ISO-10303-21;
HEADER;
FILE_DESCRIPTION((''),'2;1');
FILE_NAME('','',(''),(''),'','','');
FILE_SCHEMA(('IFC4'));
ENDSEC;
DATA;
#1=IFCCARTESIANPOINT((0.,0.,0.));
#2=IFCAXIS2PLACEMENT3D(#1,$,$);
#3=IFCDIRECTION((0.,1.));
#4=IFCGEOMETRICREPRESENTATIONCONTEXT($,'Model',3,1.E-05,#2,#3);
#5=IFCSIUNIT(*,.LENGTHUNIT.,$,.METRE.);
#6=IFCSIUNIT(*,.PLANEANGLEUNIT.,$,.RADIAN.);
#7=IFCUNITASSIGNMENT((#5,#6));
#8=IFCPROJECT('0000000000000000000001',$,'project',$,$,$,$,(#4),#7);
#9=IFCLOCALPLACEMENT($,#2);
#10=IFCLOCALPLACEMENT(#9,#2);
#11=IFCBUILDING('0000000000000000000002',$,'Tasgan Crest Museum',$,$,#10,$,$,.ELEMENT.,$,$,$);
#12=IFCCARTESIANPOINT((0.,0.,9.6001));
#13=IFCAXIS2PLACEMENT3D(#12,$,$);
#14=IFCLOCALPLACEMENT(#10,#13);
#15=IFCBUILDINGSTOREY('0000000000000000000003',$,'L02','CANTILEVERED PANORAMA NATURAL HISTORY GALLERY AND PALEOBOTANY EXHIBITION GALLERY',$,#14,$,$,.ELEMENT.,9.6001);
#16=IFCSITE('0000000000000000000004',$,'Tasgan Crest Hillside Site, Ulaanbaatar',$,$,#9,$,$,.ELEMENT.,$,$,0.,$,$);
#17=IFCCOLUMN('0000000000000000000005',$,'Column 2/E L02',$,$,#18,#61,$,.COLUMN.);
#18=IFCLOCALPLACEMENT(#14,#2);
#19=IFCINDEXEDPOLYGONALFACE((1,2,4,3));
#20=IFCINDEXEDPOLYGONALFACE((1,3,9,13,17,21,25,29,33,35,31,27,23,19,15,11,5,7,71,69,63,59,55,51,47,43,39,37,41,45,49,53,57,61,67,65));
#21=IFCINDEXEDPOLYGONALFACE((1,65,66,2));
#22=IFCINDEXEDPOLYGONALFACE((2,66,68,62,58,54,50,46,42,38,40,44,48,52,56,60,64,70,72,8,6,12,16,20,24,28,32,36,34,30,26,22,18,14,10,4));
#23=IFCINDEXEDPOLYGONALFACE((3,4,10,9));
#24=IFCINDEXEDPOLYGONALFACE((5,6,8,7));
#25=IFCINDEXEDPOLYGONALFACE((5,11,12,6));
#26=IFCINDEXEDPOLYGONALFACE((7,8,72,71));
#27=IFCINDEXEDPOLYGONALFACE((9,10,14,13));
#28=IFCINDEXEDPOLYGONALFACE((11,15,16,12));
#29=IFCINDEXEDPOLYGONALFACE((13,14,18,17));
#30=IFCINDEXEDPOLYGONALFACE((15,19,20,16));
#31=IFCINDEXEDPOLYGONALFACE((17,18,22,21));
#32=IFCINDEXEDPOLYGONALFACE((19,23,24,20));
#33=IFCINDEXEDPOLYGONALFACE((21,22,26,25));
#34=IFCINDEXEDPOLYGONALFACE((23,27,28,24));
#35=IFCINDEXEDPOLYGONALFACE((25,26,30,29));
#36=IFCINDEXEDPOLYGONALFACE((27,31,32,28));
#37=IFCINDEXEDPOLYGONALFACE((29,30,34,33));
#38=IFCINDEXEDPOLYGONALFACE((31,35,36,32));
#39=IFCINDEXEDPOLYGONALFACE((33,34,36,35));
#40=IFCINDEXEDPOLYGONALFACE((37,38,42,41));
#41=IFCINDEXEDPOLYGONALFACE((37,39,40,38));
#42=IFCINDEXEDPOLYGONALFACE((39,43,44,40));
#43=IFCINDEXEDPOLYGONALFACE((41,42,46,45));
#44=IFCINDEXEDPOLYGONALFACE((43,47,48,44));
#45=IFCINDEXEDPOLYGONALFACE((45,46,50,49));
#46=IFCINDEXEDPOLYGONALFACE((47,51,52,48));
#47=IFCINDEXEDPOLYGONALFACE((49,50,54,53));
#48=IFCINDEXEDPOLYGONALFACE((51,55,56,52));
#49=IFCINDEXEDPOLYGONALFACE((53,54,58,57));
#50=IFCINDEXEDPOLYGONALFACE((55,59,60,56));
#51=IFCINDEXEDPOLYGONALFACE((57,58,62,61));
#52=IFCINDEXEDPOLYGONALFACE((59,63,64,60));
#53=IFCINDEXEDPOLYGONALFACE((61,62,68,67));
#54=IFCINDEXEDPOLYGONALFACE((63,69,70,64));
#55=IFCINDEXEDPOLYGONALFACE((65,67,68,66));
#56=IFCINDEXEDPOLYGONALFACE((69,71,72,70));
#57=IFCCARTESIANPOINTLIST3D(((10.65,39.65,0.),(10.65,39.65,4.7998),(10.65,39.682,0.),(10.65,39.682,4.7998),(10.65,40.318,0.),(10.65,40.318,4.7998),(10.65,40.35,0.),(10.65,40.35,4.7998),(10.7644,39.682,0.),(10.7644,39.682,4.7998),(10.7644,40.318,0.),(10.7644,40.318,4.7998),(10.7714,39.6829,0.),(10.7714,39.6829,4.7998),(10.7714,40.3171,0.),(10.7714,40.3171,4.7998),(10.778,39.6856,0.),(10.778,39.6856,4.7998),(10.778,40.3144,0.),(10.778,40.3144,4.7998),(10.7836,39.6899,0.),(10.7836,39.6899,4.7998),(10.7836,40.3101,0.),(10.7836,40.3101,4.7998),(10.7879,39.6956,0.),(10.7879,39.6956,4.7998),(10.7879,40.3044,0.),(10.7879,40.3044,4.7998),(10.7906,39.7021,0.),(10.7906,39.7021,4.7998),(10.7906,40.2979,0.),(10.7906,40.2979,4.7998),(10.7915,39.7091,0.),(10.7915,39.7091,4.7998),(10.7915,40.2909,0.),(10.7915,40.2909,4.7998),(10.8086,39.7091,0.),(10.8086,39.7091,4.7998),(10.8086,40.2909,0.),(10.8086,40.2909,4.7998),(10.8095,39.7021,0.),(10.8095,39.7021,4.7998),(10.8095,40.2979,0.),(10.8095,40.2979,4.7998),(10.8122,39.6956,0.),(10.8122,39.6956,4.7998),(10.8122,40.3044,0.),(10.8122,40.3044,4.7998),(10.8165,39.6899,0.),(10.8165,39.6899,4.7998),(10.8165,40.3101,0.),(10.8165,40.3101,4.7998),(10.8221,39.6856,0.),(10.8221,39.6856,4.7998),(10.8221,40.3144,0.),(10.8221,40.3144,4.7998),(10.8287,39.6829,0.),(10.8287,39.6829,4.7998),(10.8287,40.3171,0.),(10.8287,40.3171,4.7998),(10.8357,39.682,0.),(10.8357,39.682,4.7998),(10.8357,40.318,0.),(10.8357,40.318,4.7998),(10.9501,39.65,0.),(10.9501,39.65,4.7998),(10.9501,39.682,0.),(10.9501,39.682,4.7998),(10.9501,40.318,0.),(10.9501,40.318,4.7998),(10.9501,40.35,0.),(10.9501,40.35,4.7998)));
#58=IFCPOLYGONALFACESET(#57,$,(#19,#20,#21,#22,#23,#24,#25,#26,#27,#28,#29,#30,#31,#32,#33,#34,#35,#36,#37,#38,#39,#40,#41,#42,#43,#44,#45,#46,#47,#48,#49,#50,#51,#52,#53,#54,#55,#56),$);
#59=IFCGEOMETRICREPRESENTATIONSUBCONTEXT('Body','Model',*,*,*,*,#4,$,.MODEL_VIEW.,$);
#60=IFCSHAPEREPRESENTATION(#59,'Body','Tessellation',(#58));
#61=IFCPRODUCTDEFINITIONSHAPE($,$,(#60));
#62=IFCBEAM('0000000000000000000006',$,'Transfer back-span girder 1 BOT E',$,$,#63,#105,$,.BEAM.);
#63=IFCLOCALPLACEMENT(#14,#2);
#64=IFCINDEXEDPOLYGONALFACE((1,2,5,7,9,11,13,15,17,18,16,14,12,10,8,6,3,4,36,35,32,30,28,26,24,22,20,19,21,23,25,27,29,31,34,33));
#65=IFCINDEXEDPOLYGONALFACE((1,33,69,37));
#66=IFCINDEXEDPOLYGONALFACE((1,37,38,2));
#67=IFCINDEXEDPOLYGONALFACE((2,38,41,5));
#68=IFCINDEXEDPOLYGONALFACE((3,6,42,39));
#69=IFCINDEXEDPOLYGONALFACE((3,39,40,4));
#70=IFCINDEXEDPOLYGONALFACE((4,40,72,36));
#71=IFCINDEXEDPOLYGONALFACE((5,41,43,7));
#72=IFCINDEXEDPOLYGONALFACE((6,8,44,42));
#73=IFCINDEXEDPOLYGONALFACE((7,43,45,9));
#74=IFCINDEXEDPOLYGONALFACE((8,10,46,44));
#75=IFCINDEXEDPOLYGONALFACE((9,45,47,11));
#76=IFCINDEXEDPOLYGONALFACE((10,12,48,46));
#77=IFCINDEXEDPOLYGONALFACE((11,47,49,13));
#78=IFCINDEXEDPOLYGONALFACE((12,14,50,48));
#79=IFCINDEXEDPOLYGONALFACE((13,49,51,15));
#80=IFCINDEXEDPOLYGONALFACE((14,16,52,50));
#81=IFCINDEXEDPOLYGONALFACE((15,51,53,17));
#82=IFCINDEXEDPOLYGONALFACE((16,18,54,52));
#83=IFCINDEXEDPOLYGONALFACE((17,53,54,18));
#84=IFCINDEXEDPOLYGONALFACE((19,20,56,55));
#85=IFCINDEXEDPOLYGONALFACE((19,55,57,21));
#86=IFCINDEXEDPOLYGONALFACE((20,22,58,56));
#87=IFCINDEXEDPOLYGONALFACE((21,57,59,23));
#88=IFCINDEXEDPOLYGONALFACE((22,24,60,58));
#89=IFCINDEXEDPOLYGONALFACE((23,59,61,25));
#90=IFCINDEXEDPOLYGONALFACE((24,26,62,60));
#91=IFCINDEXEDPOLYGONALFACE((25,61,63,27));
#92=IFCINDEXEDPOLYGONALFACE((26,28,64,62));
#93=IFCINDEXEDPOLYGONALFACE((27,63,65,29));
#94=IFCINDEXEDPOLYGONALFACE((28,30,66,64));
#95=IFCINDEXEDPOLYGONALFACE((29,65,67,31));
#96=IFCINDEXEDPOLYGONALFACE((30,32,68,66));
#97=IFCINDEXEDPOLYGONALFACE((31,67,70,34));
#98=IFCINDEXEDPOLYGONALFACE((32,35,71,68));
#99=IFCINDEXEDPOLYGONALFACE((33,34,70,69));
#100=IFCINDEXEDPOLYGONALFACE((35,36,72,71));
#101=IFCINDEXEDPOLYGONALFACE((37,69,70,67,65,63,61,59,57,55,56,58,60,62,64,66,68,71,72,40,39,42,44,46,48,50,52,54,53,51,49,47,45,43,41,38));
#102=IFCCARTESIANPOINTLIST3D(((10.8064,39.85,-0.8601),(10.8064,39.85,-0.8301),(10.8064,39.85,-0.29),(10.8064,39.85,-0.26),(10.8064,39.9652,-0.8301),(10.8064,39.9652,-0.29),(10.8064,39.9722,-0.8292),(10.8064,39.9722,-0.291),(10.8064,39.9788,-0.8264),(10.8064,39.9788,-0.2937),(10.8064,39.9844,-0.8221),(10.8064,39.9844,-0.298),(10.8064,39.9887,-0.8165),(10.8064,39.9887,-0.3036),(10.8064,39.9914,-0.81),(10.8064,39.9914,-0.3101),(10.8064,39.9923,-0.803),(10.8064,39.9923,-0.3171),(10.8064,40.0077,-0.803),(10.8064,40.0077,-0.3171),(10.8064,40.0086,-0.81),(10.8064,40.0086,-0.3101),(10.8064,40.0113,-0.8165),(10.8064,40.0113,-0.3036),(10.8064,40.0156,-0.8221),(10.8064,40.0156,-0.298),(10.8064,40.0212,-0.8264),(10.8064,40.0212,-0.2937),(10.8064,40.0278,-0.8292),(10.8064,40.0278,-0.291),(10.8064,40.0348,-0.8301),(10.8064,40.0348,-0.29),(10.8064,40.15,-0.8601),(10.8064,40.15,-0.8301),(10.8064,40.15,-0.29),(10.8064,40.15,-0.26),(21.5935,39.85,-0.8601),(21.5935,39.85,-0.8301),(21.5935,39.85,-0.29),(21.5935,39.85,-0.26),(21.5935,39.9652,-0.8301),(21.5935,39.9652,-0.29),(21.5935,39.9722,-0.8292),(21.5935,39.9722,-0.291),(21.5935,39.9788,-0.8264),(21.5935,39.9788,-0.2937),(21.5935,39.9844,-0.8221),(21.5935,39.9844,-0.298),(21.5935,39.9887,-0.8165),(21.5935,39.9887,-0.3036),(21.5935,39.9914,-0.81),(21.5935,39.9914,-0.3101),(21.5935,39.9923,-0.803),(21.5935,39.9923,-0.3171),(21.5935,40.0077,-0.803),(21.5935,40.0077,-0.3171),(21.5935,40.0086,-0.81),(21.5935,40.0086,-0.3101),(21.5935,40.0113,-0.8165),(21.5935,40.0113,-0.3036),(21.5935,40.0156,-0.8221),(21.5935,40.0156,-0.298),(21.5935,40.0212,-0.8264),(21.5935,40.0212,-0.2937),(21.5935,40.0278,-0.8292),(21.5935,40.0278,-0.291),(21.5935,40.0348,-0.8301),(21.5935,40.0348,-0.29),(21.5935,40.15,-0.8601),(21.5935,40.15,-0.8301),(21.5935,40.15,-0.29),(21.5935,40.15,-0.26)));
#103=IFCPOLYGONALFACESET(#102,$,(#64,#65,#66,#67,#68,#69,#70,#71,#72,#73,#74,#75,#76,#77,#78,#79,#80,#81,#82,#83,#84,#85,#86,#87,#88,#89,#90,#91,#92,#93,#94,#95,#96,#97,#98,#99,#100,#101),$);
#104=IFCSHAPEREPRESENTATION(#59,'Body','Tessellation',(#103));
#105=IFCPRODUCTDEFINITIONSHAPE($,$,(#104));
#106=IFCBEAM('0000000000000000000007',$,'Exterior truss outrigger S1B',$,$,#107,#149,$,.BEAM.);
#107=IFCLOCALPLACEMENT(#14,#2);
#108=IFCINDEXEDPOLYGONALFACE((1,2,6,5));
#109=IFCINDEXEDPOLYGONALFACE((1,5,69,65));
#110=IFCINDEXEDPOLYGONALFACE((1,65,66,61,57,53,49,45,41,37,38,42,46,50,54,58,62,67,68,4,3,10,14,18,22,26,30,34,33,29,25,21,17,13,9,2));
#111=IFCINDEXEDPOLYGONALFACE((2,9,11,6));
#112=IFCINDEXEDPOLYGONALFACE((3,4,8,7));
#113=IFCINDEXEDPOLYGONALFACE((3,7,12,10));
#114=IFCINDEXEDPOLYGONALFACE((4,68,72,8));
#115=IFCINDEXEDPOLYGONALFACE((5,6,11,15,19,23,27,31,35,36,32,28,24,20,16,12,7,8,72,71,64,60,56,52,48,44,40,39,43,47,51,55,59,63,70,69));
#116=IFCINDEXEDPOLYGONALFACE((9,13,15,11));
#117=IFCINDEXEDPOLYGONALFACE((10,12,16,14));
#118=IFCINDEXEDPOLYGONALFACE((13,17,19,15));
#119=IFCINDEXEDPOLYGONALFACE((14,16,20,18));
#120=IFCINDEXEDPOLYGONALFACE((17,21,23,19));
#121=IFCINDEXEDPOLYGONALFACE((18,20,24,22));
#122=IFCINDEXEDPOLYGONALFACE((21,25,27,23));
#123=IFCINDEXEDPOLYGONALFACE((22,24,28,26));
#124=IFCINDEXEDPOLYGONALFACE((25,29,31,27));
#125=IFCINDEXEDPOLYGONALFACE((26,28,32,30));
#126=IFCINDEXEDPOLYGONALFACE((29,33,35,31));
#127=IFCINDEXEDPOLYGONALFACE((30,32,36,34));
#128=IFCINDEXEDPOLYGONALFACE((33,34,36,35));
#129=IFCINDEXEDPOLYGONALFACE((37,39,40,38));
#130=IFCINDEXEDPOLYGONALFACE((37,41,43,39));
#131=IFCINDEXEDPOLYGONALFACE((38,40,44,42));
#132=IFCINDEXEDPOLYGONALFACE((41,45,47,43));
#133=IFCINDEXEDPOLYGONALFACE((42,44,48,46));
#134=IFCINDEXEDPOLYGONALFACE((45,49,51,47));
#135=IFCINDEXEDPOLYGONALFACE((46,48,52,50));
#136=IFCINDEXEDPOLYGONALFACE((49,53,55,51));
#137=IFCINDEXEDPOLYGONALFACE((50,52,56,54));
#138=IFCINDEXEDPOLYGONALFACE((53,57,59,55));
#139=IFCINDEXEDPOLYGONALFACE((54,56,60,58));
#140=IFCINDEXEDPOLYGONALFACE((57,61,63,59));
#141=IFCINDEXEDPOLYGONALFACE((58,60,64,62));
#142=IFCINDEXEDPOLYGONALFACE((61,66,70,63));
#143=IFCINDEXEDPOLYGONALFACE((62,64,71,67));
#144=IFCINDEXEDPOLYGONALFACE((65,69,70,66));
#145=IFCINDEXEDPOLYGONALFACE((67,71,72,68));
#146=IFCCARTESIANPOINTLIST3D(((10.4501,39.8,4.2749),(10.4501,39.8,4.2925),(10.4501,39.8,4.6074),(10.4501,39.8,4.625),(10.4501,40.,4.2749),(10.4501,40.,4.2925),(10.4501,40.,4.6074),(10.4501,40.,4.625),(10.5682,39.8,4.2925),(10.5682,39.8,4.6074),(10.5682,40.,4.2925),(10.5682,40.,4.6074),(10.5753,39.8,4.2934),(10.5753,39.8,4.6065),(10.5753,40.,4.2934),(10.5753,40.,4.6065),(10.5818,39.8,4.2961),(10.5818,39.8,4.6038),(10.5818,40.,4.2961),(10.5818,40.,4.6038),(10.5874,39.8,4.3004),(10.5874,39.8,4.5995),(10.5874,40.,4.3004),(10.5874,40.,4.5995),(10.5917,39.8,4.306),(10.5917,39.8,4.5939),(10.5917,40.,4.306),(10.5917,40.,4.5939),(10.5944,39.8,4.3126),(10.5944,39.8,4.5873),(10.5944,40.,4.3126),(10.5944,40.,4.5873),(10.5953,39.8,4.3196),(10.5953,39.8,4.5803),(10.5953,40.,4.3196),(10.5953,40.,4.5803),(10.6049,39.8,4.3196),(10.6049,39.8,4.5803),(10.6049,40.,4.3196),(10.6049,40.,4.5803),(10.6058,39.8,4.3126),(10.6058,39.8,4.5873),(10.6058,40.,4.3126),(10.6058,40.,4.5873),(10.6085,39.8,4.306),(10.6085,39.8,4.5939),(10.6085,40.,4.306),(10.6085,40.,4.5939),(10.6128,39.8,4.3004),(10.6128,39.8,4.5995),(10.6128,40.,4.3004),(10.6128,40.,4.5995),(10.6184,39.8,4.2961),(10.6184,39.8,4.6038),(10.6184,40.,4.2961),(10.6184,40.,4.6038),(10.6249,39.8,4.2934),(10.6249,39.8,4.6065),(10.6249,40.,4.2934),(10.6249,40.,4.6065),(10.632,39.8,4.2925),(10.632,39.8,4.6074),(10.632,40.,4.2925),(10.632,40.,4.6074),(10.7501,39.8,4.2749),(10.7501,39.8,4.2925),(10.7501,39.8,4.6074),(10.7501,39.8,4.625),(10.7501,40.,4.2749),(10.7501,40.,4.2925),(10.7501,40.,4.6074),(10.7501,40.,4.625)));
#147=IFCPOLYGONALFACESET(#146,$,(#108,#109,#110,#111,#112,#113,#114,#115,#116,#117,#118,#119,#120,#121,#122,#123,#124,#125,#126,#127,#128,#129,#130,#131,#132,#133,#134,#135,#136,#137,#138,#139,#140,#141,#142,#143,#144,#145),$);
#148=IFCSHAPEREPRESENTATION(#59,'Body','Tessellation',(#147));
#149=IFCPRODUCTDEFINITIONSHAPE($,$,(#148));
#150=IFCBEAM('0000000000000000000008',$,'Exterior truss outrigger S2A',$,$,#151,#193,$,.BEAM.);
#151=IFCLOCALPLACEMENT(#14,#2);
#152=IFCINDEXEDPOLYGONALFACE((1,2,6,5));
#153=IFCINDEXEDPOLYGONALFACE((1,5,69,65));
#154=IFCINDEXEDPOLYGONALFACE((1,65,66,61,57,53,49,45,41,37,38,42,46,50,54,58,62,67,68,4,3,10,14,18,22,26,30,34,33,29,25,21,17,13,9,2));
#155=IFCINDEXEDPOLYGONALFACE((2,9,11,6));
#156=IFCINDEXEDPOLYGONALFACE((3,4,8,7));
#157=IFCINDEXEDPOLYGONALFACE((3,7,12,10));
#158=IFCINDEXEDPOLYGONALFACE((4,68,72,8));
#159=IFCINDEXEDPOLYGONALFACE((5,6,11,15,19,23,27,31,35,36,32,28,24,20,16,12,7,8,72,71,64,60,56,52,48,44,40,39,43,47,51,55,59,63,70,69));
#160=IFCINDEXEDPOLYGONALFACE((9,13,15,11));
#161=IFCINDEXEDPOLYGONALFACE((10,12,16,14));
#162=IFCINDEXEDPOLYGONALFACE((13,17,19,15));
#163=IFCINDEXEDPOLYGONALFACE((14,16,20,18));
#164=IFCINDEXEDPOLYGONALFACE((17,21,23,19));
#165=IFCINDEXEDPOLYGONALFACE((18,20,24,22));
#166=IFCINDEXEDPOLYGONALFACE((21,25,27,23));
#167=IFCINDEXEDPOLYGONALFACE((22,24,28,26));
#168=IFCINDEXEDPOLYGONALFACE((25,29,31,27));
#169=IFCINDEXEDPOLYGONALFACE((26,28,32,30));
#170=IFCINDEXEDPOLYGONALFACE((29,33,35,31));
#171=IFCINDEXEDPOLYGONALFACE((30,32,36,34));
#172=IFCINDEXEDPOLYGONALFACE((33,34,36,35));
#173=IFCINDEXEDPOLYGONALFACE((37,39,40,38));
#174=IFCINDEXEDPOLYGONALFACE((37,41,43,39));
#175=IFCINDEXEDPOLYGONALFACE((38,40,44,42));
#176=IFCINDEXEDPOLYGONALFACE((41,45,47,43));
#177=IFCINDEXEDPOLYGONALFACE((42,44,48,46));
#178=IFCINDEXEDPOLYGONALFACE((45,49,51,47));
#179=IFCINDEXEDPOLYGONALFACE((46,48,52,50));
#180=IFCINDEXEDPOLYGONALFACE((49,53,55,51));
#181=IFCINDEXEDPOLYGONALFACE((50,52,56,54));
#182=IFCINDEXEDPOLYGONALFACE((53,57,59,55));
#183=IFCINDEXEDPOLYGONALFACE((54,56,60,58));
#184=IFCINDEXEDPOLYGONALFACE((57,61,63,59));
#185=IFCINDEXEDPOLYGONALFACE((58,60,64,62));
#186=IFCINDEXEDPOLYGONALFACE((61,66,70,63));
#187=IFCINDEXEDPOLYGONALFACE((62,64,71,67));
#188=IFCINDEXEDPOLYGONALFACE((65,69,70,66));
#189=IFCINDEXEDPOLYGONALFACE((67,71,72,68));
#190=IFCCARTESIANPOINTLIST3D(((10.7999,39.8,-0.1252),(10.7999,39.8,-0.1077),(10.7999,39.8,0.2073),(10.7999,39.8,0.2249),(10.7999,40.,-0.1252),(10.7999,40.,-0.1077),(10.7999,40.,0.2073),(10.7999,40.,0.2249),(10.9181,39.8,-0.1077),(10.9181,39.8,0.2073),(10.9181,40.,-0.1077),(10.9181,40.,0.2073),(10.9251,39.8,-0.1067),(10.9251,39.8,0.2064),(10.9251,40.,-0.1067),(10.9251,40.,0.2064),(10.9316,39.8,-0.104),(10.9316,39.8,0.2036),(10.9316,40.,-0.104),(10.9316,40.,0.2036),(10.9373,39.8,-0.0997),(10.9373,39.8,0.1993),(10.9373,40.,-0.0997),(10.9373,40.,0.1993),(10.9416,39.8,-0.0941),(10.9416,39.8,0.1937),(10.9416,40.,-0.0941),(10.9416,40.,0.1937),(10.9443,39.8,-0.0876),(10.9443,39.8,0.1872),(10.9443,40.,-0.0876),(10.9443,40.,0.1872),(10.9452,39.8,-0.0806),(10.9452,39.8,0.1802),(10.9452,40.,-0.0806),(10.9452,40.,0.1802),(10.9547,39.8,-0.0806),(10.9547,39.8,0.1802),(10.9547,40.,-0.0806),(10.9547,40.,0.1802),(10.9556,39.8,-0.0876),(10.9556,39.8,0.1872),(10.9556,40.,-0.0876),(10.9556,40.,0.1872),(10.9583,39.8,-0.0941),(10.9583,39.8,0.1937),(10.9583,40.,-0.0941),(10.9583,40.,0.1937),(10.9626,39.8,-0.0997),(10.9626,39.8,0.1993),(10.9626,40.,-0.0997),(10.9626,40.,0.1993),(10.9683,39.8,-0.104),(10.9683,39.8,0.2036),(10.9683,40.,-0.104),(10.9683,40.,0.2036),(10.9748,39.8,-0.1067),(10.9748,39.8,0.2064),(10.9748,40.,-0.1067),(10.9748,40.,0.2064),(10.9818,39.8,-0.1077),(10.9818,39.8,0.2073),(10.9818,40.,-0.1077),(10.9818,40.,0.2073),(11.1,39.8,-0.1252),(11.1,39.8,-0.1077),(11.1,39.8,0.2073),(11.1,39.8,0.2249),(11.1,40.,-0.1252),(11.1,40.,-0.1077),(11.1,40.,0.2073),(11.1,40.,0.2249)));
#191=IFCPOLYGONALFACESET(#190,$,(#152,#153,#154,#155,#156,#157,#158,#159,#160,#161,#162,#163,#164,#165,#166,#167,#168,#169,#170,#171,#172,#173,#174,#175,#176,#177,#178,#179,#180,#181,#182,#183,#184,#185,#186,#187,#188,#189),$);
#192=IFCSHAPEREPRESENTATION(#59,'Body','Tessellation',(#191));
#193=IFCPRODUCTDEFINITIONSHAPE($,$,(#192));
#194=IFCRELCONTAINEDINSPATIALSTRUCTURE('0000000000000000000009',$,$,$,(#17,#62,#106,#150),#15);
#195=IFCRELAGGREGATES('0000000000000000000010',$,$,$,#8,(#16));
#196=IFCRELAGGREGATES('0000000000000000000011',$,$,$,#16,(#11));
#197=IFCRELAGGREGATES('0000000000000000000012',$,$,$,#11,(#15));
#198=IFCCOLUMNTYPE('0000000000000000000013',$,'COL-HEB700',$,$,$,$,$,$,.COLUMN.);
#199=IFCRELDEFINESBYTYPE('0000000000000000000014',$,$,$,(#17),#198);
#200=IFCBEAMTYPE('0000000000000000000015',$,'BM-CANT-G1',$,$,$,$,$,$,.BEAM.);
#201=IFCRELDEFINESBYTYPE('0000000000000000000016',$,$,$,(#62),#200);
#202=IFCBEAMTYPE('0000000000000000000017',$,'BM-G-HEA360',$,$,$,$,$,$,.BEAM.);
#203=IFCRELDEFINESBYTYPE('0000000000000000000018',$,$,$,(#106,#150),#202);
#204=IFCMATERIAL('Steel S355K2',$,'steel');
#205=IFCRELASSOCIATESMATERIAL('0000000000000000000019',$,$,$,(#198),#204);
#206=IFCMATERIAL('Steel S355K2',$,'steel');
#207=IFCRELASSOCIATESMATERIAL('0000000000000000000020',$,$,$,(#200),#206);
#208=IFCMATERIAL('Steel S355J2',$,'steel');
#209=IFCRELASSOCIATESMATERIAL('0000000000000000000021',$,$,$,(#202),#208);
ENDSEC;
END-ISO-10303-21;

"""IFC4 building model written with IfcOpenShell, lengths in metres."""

from ifc_helpers import new_model, si_unit, direction, frame, origin, origin_2d, place, context, subcontext, project, spatial, i_section, extrude, material, material_profile, profile_set, type_object, element, save


model = new_model("IFC4")

# Units and contexts
model_context = context("Model", 3, precision=1e-05, world=origin(), true_north=direction((0.0, 1.0)))
body_context = subcontext(model_context, "Body", "Model", "MODEL_VIEW")
ifc_project = project(units=[si_unit("LENGTHUNIT", "METRE"), si_unit("PLANEANGLEUNIT", "RADIAN")], contexts=[model_context])

# Site, building, storey
site_placement = place(None, origin())
site = spatial("IfcSite", under=ifc_project, at=site_placement, Name="Tasgan Crest Hillside Site, Ulaanbaatar", CompositionType="ELEMENT", RefElevation=0.0)
building_placement = place(site_placement, origin())
building = spatial("IfcBuilding", under=site, at=building_placement, Name="Tasgan Crest Museum", CompositionType="ELEMENT")
storey_placement = place(building_placement, frame((0.0, 0.0, 9.6001)))
storey = spatial("IfcBuildingStorey", under=building, at=storey_placement, Name="L02", Description="CANTILEVERED PANORAMA NATURAL HISTORY GALLERY AND PALEOBOTANY EXHIBITION GALLERY", CompositionType="ELEMENT", Elevation=9.6001)

# Column
ifc_material_1 = material(Name="Steel S355K2", Category="steel")
ifc_material_profile_1 = material_profile(ifc_material_1, i_section(OverallWidth=0.3, OverallDepth=0.7, WebThickness=0.0171, FlangeThickness=0.032, FilletRadius=0.0271, at=origin_2d()), Name="HEB 700")
ifc_profile_set_1 = profile_set([ifc_material_profile_1], Name="Steel S355K2")
column_type = type_object("IfcColumnType", Name="COL-HEB700", PredefinedType="COLUMN", material=ifc_profile_set_1)
column_placement = place(storey_placement, frame((10.8, 40.0, 0.0), z_axis=(0.0, 0.0, 1.0), x_axis=(1.0, 0.0, 0.0)))
element("IfcColumn", 1, at=column_placement, inside=storey, type_object=column_type, Name="Column 2/E L02", PredefinedType="COLUMN", context=body_context, shape_type="SweptSolid", body=[
    extrude(i_section(OverallWidth=0.3, OverallDepth=0.7, WebThickness=0.0171, FlangeThickness=0.032, FilletRadius=0.0271, at=origin_2d()), origin(), (0.0, 0.0, 1.0), 4.7998),
])

# Beams
ifc_material_2 = material(Name="Steel S355K2", Category="steel")
ifc_material_profile_2 = material_profile(ifc_material_2, i_section(OverallWidth=0.3, OverallDepth=0.6001, WebThickness=0.0154, FlangeThickness=0.03, FilletRadius=0.0271, at=origin_2d()), Name="HEB 600")
ifc_profile_set_2 = profile_set([ifc_material_profile_2], Name="Steel S355K2")
beam_type_1 = type_object("IfcBeamType", Name="BM-CANT-G1", PredefinedType="BEAM", material=ifc_profile_set_2)
beam_1_placement = place(storey_placement, frame((10.8064, 40.0, -0.5601), z_axis=(1.0, 0.0, 0.0), x_axis=(0.0, 1.0, 0.0)))
element("IfcBeam", 2, at=beam_1_placement, inside=storey, type_object=beam_type_1, Name="Transfer back-span girder 1 BOT E", PredefinedType="BEAM", context=body_context, shape_type="SweptSolid", body=[
    extrude(i_section(OverallWidth=0.3, OverallDepth=0.6001, WebThickness=0.0154, FlangeThickness=0.03, FilletRadius=0.0271, at=origin_2d()), origin(), (0.0, 0.0, 1.0), 10.7871),
])
ifc_material_3 = material(Name="Steel S355J2", Category="steel")
ifc_material_profile_3 = material_profile(ifc_material_3, i_section(OverallWidth=0.3, OverallDepth=0.3501, WebThickness=0.0095, FlangeThickness=0.0176, FilletRadius=0.0271, at=origin_2d()), Name="HEA 360")
ifc_profile_set_3 = profile_set([ifc_material_profile_3], Name="Steel S355J2")
beam_type_2 = type_object("IfcBeamType", Name="BM-G-HEA360", PredefinedType="BEAM", material=ifc_profile_set_3)
for number, where, z_axis, x_axis, name in (
    (3, (10.6001, 40.0, 4.45), (0.0, -1.0, 0.0), (1.0, 0.0, 0.0), "Exterior truss outrigger S1B"),
    (4, (10.95, 40.0, 0.0498), (0.0, -1.0, 0.0), (1.0, 0.0, 0.0), "Exterior truss outrigger S2A"),
):
    element("IfcBeam", number, at=place(storey_placement, frame(where, z_axis=z_axis, x_axis=x_axis)), inside=storey, type_object=beam_type_2, Name=name, PredefinedType="BEAM", context=body_context, shape_type="SweptSolid", body=[
        extrude(i_section(OverallWidth=0.3, OverallDepth=0.3501, WebThickness=0.0095, FlangeThickness=0.0176, FilletRadius=0.0271, at=origin_2d()), origin(), (0.0, 0.0, 1.0), 0.2),
    ])

save(model, "model.ifc")
